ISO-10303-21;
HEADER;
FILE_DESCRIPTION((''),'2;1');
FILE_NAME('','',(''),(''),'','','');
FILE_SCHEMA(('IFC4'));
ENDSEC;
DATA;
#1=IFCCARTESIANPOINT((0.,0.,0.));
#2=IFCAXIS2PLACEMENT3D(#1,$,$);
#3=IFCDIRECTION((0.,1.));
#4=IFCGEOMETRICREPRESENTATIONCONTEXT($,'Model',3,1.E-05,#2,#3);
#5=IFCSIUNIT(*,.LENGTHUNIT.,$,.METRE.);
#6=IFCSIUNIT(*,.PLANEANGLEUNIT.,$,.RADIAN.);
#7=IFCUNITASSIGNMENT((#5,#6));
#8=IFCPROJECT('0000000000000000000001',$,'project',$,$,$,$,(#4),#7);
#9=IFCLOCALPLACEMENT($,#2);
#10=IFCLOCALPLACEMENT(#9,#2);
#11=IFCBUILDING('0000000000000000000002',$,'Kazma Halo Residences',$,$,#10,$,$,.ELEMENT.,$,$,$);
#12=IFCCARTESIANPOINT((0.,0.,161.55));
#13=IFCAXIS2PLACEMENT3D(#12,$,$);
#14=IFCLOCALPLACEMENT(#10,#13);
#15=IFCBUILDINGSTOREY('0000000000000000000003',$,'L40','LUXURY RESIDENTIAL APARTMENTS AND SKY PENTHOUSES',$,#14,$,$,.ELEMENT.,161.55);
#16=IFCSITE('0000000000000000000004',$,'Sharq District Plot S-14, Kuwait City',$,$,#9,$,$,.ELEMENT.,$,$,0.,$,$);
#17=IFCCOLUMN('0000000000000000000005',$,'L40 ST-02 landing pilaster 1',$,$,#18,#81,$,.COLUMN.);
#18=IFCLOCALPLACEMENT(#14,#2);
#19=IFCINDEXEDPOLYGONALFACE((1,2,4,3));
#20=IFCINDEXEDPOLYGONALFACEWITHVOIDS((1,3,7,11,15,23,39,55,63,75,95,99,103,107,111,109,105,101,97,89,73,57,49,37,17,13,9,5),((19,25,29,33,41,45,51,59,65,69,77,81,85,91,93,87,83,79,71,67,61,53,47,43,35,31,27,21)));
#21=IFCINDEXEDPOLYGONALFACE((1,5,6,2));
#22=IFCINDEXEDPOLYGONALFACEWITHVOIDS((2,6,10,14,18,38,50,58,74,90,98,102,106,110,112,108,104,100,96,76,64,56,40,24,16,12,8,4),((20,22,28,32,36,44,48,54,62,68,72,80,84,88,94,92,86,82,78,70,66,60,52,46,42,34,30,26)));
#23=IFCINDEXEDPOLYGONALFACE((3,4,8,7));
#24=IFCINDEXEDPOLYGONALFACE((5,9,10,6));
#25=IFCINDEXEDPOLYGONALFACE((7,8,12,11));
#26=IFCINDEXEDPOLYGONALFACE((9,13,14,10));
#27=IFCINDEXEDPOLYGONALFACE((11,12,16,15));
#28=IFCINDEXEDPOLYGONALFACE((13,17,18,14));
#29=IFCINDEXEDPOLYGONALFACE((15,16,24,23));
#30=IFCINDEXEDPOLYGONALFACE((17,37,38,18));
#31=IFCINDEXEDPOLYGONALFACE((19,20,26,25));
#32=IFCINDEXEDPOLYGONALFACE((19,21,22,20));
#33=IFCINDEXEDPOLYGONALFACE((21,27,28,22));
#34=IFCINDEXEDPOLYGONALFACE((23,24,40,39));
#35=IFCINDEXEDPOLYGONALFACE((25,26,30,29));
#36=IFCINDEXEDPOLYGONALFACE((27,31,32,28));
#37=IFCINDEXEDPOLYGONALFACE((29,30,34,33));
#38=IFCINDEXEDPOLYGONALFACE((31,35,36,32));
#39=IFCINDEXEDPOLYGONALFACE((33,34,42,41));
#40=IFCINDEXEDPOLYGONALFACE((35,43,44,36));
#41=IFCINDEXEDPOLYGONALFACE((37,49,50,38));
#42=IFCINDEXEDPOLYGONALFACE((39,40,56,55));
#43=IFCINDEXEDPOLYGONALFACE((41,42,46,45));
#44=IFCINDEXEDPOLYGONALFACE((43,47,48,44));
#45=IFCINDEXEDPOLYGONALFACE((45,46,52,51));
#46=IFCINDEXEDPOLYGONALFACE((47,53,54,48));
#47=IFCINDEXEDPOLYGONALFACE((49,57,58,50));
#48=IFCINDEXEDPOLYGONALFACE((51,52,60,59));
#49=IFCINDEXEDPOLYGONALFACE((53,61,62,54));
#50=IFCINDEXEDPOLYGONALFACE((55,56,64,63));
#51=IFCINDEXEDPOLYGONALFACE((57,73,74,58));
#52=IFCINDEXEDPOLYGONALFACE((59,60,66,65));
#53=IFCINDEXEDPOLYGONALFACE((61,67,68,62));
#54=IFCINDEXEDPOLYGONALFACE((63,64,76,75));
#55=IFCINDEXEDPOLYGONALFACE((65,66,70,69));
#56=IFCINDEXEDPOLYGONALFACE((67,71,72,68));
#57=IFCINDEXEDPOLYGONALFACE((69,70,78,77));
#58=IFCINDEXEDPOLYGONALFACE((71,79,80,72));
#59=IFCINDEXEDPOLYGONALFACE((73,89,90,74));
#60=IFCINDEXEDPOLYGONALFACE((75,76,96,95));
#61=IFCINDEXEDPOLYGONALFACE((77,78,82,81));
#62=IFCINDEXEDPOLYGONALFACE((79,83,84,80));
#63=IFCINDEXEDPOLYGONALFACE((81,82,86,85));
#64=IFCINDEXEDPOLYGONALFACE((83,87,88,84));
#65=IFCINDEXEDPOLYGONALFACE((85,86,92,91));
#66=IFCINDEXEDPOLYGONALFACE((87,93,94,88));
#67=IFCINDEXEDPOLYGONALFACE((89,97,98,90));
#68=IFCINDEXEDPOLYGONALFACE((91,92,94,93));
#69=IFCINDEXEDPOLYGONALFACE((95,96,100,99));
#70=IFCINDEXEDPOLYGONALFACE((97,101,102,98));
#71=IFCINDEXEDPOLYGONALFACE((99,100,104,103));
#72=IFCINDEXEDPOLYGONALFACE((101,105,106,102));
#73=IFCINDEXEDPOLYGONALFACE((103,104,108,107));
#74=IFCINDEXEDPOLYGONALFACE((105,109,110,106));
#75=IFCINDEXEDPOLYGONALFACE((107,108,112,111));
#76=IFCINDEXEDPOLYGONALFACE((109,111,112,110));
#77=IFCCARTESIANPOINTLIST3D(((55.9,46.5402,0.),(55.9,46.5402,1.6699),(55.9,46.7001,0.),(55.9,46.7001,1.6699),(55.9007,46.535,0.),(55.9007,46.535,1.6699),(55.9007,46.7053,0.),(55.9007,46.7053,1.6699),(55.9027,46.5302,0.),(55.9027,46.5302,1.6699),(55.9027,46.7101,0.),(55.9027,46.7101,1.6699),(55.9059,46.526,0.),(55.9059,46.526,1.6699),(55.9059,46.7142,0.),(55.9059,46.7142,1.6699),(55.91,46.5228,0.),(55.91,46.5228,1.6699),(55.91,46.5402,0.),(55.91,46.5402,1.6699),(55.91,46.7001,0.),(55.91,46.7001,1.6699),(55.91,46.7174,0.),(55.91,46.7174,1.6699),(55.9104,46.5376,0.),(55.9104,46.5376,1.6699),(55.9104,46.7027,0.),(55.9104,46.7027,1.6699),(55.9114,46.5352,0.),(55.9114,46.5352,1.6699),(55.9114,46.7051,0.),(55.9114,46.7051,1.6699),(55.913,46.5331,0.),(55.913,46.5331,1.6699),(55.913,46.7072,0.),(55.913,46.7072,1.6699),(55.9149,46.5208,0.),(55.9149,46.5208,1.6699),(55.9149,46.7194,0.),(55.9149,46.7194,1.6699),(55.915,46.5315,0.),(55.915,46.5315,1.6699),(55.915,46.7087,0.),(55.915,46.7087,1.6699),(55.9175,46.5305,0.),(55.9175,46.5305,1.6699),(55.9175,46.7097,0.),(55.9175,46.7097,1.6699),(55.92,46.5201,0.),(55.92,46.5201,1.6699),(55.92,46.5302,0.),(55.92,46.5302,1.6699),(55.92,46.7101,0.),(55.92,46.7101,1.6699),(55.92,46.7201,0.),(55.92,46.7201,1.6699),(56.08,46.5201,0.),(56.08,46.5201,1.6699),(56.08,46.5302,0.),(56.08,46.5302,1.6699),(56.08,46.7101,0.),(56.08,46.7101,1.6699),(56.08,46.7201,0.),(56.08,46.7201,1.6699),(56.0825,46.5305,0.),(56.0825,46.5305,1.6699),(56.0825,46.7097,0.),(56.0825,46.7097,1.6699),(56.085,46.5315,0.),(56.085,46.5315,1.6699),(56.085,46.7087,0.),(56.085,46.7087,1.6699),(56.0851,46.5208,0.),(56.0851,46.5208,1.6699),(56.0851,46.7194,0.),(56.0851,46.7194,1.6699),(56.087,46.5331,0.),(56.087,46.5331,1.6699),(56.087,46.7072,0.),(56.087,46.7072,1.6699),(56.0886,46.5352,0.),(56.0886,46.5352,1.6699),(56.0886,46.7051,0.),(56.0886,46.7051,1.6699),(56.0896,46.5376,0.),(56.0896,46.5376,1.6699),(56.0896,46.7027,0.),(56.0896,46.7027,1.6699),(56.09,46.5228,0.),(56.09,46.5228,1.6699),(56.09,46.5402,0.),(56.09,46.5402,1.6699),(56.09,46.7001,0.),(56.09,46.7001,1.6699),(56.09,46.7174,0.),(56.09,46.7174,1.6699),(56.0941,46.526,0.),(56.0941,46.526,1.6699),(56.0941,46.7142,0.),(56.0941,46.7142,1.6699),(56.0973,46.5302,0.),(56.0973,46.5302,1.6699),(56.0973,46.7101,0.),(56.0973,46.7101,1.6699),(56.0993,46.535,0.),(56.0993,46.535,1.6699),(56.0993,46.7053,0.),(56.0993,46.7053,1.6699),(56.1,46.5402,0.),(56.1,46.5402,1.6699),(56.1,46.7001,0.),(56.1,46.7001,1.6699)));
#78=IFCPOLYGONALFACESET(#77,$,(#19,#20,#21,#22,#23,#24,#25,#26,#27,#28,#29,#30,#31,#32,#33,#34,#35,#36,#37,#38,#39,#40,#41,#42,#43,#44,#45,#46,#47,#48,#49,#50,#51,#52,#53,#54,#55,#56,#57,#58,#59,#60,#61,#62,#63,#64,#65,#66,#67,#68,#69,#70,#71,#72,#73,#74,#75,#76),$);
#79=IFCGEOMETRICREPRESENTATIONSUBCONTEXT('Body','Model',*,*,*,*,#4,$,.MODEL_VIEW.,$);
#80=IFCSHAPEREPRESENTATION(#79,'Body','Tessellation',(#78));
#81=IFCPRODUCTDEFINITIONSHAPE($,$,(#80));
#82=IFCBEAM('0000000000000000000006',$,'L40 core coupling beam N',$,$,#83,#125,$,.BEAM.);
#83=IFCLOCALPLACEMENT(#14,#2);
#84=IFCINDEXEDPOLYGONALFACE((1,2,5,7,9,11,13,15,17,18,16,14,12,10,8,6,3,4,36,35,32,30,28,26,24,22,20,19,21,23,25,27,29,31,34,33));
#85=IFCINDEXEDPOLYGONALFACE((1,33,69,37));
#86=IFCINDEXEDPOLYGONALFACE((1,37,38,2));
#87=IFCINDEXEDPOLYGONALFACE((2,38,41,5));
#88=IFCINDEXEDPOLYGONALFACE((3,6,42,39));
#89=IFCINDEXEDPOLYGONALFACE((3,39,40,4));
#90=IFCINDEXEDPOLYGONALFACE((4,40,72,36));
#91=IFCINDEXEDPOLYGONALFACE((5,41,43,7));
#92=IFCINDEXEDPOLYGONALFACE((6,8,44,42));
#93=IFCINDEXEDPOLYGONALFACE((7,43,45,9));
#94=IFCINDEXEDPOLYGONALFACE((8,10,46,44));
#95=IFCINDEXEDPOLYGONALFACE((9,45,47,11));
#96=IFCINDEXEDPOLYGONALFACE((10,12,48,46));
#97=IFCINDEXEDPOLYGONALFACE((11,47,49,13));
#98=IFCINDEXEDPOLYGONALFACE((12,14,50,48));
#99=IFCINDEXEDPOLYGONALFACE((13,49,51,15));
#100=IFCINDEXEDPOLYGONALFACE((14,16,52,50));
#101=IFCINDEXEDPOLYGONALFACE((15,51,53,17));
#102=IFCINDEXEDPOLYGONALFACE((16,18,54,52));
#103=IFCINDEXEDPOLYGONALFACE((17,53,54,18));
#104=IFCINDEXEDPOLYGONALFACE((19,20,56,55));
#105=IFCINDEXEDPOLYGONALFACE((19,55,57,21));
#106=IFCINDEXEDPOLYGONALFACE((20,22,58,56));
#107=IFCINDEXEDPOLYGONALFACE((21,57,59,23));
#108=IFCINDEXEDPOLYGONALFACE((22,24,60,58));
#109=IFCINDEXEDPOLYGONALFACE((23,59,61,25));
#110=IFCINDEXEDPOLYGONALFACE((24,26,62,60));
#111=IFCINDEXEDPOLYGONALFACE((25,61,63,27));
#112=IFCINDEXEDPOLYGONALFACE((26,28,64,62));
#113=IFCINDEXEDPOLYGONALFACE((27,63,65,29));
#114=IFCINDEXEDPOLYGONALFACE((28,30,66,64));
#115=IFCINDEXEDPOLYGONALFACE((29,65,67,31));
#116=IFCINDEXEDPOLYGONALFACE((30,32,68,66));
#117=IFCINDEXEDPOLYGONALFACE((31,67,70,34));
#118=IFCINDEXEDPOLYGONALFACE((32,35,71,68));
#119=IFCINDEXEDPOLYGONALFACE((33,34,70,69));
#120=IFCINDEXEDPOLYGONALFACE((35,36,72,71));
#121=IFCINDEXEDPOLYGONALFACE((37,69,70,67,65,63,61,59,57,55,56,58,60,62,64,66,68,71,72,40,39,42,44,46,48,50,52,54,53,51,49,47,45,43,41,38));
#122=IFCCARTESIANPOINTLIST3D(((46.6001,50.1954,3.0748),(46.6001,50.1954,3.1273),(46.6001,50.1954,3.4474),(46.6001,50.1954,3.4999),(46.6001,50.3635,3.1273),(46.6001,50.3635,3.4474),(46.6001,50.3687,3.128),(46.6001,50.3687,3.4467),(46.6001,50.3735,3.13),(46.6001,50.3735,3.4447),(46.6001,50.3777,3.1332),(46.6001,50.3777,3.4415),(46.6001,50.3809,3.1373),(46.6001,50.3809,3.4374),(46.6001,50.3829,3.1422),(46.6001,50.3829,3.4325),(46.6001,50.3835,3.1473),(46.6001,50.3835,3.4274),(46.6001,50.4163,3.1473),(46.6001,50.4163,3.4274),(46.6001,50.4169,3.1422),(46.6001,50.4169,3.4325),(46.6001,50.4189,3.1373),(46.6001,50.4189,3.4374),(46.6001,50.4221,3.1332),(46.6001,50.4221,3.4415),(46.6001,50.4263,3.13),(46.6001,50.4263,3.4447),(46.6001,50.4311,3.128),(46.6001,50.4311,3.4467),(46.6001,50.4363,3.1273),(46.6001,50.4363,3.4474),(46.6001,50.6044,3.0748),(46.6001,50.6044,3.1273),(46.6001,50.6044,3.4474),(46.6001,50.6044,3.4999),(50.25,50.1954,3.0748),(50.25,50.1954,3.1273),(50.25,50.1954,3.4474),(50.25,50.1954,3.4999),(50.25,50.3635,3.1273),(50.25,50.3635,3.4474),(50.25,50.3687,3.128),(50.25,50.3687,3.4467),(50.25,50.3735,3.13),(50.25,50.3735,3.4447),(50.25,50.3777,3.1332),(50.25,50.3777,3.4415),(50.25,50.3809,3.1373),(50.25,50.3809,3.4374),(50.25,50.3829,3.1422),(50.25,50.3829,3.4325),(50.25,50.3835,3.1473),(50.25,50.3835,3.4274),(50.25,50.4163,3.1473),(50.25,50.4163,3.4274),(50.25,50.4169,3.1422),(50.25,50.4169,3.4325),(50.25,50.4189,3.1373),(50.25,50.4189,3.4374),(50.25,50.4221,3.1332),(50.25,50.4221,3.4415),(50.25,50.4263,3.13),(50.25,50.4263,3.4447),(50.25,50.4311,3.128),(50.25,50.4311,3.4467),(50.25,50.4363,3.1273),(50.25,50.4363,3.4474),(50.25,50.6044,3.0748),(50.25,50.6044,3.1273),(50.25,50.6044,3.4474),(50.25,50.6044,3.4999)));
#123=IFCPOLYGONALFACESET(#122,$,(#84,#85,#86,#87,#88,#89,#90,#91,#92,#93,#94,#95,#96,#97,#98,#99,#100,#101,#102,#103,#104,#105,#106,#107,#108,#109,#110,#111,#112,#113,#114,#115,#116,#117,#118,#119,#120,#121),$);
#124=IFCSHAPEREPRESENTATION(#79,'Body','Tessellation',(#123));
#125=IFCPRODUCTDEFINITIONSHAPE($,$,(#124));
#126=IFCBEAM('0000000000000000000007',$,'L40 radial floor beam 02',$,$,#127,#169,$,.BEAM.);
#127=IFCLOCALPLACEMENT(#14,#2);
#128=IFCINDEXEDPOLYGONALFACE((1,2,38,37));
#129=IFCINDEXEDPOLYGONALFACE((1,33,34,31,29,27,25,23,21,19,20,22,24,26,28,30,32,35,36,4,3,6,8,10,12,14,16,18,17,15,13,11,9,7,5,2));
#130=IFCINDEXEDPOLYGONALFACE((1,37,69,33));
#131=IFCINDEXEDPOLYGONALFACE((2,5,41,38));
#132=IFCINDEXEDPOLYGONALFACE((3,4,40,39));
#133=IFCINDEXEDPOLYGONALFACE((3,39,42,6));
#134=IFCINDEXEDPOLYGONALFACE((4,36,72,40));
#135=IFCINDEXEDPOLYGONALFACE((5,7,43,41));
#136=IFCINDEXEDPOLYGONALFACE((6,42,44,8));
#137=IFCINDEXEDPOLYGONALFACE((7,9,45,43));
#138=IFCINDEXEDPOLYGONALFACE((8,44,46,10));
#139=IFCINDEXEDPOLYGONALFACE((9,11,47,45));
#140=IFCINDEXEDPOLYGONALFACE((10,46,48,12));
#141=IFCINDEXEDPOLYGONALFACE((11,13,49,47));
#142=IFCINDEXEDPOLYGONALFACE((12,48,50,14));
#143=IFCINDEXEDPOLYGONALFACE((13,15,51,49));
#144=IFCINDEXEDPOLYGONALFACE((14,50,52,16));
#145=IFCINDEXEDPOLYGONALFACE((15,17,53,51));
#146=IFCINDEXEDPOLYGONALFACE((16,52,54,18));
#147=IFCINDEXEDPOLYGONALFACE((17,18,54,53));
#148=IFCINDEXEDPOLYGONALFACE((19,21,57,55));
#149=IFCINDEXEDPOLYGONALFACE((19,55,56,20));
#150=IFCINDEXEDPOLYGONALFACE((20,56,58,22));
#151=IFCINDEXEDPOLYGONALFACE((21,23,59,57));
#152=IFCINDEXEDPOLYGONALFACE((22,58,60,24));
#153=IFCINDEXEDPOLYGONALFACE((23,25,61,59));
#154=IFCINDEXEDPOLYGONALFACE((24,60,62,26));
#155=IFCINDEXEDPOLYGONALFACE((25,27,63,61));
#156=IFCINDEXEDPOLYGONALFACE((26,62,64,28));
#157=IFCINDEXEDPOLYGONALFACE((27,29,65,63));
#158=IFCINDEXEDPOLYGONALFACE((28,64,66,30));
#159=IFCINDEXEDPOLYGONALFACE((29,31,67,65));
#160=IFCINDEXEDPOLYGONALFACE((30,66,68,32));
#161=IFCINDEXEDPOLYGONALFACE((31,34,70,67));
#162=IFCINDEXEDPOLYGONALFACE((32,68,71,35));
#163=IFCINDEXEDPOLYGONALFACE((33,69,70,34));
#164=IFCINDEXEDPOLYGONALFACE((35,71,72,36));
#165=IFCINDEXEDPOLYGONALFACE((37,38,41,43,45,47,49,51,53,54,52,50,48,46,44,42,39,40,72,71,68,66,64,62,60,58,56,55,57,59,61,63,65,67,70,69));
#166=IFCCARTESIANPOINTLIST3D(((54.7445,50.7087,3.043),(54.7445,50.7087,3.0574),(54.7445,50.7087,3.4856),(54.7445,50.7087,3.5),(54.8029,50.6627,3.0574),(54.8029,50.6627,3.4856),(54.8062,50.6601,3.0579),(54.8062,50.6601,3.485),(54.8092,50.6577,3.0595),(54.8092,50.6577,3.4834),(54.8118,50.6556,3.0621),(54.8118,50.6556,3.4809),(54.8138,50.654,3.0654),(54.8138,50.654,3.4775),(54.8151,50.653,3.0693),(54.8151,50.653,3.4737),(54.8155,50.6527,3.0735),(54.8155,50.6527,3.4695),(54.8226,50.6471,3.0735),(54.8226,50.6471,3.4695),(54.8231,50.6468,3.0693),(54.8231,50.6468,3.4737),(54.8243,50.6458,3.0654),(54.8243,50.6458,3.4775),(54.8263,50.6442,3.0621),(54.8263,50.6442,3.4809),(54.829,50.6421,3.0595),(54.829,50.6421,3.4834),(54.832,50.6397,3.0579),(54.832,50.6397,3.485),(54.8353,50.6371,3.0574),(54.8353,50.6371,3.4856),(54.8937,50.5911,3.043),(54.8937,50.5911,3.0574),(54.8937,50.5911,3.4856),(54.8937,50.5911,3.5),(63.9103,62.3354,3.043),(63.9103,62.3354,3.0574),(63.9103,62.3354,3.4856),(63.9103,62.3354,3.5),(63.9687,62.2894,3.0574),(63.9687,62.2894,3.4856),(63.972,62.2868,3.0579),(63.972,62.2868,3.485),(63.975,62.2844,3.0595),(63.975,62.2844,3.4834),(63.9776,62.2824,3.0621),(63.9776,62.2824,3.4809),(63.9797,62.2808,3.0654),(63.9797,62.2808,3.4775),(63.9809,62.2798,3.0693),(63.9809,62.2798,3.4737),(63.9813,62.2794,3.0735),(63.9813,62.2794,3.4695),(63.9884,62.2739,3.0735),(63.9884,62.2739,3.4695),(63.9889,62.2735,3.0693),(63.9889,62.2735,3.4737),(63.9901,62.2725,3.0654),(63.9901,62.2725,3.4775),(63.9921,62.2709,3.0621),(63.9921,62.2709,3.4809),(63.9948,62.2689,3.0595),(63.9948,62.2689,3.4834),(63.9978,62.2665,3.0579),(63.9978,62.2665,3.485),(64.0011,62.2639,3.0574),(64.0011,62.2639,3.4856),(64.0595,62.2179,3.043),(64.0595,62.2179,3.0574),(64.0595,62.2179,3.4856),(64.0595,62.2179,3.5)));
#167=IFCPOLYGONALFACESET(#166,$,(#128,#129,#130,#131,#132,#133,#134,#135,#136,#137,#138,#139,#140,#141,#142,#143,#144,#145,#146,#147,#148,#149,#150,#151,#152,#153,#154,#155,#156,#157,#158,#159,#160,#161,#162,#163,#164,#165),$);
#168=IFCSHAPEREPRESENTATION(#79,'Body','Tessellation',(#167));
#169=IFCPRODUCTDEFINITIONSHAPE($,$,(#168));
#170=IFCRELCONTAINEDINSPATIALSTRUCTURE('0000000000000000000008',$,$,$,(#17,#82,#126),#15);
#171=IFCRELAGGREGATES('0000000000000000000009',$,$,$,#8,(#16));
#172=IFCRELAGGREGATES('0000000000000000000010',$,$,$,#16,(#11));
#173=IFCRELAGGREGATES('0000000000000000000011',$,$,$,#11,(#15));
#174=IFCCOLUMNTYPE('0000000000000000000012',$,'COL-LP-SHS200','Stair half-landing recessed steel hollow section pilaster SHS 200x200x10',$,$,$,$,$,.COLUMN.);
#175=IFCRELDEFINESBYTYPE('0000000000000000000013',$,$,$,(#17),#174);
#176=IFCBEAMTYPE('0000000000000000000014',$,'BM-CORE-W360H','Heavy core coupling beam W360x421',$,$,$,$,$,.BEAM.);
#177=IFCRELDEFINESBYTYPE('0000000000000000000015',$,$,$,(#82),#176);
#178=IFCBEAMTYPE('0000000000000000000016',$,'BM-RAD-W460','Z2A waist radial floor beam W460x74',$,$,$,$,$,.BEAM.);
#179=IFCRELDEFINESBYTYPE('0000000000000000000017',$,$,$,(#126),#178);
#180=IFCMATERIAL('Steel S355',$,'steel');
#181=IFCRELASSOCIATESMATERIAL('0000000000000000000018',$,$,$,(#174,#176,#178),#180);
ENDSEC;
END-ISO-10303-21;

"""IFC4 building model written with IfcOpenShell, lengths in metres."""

from ifc_helpers import new_model, si_unit, direction, frame, origin, origin_2d, place, context, subcontext, project, spatial, hollow_rectangle, i_section, extrude, material, material_profile, profile_set, type_object, element, save


model = new_model("IFC4")

# Units and contexts
model_context = context("Model", 3, precision=1e-05, world=origin(), true_north=direction((0.0, 1.0)))
body_context = subcontext(model_context, "Body", "Model", "MODEL_VIEW")
ifc_project = project(units=[si_unit("LENGTHUNIT", "METRE"), si_unit("PLANEANGLEUNIT", "RADIAN")], contexts=[model_context])

# Site, building, storey
site_placement = place(None, origin())
site = spatial("IfcSite", under=ifc_project, at=site_placement, Name="Sharq District Plot S-14, Kuwait City", CompositionType="ELEMENT", RefElevation=0.0)
building_placement = place(site_placement, origin())
building = spatial("IfcBuilding", under=site, at=building_placement, Name="Kazma Halo Residences", CompositionType="ELEMENT")
storey_placement = place(building_placement, frame((0.0, 0.0, 161.55)))
storey = spatial("IfcBuildingStorey", under=building, at=storey_placement, Name="L40", Description="LUXURY RESIDENTIAL APARTMENTS AND SKY PENTHOUSES", CompositionType="ELEMENT", Elevation=161.55)

# Column
ifc_material_1 = material(Name="Steel S355", Category="steel")
ifc_material_profile_1 = material_profile(ifc_material_1, hollow_rectangle(XDim=0.2, YDim=0.2, WallThickness=0.01, InnerFilletRadius=0.01, OuterFilletRadius=0.02, at=origin_2d()), Name="SHS200x200x10")
ifc_profile_set_1 = profile_set([ifc_material_profile_1], Name="Steel S355")
column_type = type_object("IfcColumnType", Name="COL-LP-SHS200", Description="Stair half-landing recessed steel hollow section pilaster SHS 200x200x10", PredefinedType="COLUMN", material=ifc_profile_set_1)
column_placement = place(storey_placement, frame((56.0, 46.6201, 0.0), z_axis=(0.0, 0.0, 1.0), x_axis=(1.0, 0.0, 0.0)))
element("IfcColumn", 1, at=column_placement, inside=storey, type_object=column_type, Name="L40 ST-02 landing pilaster 1", PredefinedType="COLUMN", context=body_context, shape_type="SweptSolid", body=[
    extrude(hollow_rectangle(XDim=0.2, YDim=0.2, WallThickness=0.01, InnerFilletRadius=0.01, OuterFilletRadius=0.02, at=origin_2d()), origin(), (0.0, 0.0, 1.0), 1.6699),
])

# Beams
ifc_material_profile_2 = material_profile(ifc_material_1, i_section(OverallWidth=0.4089, OverallDepth=0.425, WebThickness=0.0327, FlangeThickness=0.0525, FilletRadius=0.02, at=origin_2d()), Name="W360x421")
ifc_profile_set_2 = profile_set([ifc_material_profile_2], Name="Steel S355")
beam_type_1 = type_object("IfcBeamType", Name="BM-CORE-W360H", Description="Heavy core coupling beam W360x421", PredefinedType="BEAM", material=ifc_profile_set_2)
beam_1_placement = place(storey_placement, frame((46.6001, 50.3999, 3.2874), z_axis=(1.0, 0.0, 0.0), x_axis=(0.0, 1.0, 0.0)))
element("IfcBeam", 2, at=beam_1_placement, inside=storey, type_object=beam_type_1, Name="L40 core coupling beam N", PredefinedType="BEAM", context=body_context, shape_type="SweptSolid", body=[
    extrude(i_section(OverallWidth=0.4089, OverallDepth=0.425, WebThickness=0.0327, FlangeThickness=0.0525, FilletRadius=0.02, at=origin_2d()), origin(), (0.0, 0.0, 1.0), 3.6499),
])
ifc_material_profile_3 = material_profile(ifc_material_1, i_section(OverallWidth=0.1899, OverallDepth=0.457, WebThickness=0.009, FlangeThickness=0.0144, FilletRadius=0.0161, at=origin_2d()), Name="W460x74")
ifc_profile_set_3 = profile_set([ifc_material_profile_3], Name="Steel S355")
beam_type_2 = type_object("IfcBeamType", Name="BM-RAD-W460", Description="Z2A waist radial floor beam W460x74", PredefinedType="BEAM", material=ifc_profile_set_3)
beam_2_placement = place(storey_placement, frame((54.8191, 50.6499, 3.2715), z_axis=(0.619094, 0.785316, 0.0), x_axis=(-0.785316, 0.619094, 0.0)))
element("IfcBeam", 3, at=beam_2_placement, inside=storey, type_object=beam_type_2, Name="L40 radial floor beam 02", PredefinedType="BEAM", context=body_context, shape_type="SweptSolid", body=[
    extrude(i_section(OverallWidth=0.1899, OverallDepth=0.457, WebThickness=0.009, FlangeThickness=0.0144, FilletRadius=0.0161, at=origin_2d()), origin(), (0.0, 0.0, 1.0), 14.8052),
])

save(model, "model.ifc")
